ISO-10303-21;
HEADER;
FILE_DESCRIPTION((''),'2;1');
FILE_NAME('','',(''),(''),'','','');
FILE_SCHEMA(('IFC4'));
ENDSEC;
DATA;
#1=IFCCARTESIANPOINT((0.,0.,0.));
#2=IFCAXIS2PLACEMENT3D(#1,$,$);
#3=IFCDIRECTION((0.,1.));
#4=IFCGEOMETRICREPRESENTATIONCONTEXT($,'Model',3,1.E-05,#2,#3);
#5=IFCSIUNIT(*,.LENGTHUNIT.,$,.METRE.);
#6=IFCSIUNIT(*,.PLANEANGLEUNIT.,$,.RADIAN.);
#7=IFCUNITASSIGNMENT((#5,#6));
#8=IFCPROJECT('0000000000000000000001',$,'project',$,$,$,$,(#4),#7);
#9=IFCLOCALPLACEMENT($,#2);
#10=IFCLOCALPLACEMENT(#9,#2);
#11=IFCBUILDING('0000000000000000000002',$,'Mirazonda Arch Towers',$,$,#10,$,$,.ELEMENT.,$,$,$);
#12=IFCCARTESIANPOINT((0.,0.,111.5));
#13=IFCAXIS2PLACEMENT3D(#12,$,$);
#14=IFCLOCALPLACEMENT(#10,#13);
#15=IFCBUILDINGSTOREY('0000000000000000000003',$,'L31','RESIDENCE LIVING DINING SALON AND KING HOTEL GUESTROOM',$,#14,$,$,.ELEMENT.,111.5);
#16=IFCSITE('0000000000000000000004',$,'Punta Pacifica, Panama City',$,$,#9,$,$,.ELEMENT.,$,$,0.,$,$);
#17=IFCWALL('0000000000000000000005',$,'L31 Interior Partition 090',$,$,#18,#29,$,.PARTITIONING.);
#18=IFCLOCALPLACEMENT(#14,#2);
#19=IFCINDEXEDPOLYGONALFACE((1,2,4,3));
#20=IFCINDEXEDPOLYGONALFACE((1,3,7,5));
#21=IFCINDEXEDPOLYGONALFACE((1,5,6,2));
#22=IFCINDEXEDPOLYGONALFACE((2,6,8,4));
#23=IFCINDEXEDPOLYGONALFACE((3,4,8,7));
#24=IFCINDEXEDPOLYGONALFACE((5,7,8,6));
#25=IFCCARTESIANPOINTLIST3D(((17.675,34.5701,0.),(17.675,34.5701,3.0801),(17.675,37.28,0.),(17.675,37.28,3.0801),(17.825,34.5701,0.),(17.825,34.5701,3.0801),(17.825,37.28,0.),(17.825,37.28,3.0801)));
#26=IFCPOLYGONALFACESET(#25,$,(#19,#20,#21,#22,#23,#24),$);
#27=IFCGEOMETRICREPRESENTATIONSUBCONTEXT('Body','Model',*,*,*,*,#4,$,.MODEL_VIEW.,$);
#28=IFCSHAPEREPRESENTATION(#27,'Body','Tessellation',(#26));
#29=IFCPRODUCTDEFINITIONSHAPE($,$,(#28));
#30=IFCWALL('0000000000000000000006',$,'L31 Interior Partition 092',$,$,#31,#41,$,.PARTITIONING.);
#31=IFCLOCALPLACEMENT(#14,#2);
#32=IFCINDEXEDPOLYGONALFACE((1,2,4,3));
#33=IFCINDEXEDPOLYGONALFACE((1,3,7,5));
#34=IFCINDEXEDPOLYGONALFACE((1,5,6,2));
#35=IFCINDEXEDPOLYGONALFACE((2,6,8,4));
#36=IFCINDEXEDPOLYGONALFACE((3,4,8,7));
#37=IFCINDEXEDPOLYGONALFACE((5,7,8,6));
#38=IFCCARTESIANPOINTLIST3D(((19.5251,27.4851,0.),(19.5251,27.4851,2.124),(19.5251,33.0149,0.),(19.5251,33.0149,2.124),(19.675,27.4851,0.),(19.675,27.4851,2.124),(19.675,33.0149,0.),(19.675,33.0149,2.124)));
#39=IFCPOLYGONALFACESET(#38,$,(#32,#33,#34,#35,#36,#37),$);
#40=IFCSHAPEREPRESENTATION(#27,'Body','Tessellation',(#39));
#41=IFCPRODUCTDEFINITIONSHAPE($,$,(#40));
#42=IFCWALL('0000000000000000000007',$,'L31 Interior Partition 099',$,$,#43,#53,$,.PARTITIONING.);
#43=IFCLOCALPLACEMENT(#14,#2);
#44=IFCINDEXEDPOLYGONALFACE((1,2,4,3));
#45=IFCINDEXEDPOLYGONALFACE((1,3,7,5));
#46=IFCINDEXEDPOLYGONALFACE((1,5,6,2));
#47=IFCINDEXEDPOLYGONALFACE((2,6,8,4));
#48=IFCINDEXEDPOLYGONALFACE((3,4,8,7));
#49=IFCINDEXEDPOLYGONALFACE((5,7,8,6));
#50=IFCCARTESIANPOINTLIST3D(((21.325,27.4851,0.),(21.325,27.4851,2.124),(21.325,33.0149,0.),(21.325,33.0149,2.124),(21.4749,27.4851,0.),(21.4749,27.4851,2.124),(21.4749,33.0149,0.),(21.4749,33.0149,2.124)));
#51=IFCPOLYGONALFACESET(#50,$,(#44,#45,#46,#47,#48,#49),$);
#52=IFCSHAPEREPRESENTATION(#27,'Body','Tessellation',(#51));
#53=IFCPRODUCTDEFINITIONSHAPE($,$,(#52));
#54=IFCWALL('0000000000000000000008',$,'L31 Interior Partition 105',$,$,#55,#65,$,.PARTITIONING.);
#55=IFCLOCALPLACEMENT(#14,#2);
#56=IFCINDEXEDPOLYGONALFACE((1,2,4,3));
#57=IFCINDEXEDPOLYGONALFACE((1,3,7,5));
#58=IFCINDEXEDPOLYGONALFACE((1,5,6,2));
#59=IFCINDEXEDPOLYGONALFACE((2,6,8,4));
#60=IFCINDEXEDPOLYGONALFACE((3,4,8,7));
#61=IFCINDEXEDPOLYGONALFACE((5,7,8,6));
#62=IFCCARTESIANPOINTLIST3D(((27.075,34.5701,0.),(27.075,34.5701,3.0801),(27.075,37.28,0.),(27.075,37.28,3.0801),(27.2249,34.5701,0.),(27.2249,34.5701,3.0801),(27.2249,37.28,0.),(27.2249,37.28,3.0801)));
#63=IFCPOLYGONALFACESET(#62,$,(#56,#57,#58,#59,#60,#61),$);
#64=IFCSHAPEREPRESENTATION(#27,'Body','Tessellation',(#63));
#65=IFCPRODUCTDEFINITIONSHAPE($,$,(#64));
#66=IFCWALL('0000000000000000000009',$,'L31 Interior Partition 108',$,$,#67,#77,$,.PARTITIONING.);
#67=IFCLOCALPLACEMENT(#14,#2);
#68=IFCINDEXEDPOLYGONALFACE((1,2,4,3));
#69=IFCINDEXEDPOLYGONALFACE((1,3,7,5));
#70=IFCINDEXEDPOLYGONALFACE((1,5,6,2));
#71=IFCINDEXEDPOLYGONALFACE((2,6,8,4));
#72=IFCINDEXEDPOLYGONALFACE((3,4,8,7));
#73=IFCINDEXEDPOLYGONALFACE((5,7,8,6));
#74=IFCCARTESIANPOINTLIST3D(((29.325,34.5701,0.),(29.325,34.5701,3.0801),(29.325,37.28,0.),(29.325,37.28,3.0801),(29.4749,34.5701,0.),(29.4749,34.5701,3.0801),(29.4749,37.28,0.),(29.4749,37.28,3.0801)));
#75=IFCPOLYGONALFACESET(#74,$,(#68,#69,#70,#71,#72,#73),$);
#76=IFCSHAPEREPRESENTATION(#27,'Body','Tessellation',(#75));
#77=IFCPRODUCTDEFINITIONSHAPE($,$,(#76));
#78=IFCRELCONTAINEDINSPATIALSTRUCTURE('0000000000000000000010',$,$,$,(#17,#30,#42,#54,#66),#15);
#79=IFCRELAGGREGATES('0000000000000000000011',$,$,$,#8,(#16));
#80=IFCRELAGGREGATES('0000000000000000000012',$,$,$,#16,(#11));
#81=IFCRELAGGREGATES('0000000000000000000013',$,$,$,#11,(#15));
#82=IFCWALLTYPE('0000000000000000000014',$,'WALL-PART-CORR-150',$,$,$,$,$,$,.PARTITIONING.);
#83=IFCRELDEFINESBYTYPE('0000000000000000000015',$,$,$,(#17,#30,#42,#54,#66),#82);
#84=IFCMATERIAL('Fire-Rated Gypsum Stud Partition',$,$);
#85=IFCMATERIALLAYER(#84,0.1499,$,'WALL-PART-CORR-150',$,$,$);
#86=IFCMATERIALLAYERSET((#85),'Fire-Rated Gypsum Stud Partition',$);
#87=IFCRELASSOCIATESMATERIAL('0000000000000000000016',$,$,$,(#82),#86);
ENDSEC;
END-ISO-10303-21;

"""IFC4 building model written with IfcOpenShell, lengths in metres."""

from ifc_helpers import new_model, si_unit, direction, frame, frame_2d, origin, place, context, subcontext, project, spatial, rectangle, extrude, material, layer, layer_set, type_object, element, save


model = new_model("IFC4")

# Units and contexts
model_context = context("Model", 3, precision=1e-05, world=origin(), true_north=direction((0.0, 1.0)))
body_context = subcontext(model_context, "Body", "Model", "MODEL_VIEW")
ifc_project = project(units=[si_unit("LENGTHUNIT", "METRE"), si_unit("PLANEANGLEUNIT", "RADIAN")], contexts=[model_context])

# Site, building, storey
site_placement = place(None, origin())
site = spatial("IfcSite", under=ifc_project, at=site_placement, Name="Punta Pacifica, Panama City", CompositionType="ELEMENT", RefElevation=0.0)
building_placement = place(site_placement, origin())
building = spatial("IfcBuilding", under=site, at=building_placement, Name="Mirazonda Arch Towers", CompositionType="ELEMENT")
storey_placement = place(building_placement, frame((0.0, 0.0, 111.5)))
storey = spatial("IfcBuildingStorey", under=building, at=storey_placement, Name="L31", Description="RESIDENCE LIVING DINING SALON AND KING HOTEL GUESTROOM", CompositionType="ELEMENT", Elevation=111.5)

# Shared definitions
ifc_material_1 = material(Name="Fire-Rated Gypsum Stud Partition")
ifc_layer_1 = layer(ifc_material_1, 0.1499, Name="WALL-PART-CORR-150")
ifc_layer_set_1 = layer_set([ifc_layer_1], Name="Fire-Rated Gypsum Stud Partition")
wall_type_1 = type_object("IfcWallType", Name="WALL-PART-CORR-150", PredefinedType="PARTITIONING", material=ifc_layer_set_1)

# Walls
wall_1_placement = place(storey_placement, frame((17.75, 34.5701, 0.0), z_axis=(0.0, 0.0, 1.0), x_axis=(0.0, 1.0, 0.0)))
element("IfcWall", 1, at=wall_1_placement, inside=storey, type_object=wall_type_1, Name="L31 Interior Partition 090", PredefinedType="PARTITIONING", context=body_context, shape_type="SweptSolid", body=[
    extrude(rectangle(XDim=2.71, YDim=0.1499, at=frame_2d((1.355, 0.0))), origin(), (0.0, 0.0, 1.0), 3.0801),
])
for number, where, z_axis, x_axis, name in (
    (2, (19.6001, 27.4851, 0.0), (0.0, 0.0, 1.0), (0.0, 1.0, 0.0), "L31 Interior Partition 092"),
    (3, (21.3999, 27.4851, 0.0), (0.0, 0.0, 1.0), (0.0, 1.0, 0.0), "L31 Interior Partition 099"),
):
    element("IfcWall", number, at=place(storey_placement, frame(where, z_axis=z_axis, x_axis=x_axis)), inside=storey, type_object=wall_type_1, Name=name, PredefinedType="PARTITIONING", context=body_context, shape_type="SweptSolid", body=[
        extrude(rectangle(XDim=5.5298, YDim=0.1499, at=frame_2d((2.7649, 0.0))), origin(), (0.0, 0.0, 1.0), 2.124),
    ])
for number, where, z_axis, x_axis, name in (
    (4, (27.1499, 34.5701, 0.0), (0.0, 0.0, 1.0), (0.0, 1.0, 0.0), "L31 Interior Partition 105"),
    (5, (29.3999, 34.5701, 0.0), (0.0, 0.0, 1.0), (0.0, 1.0, 0.0), "L31 Interior Partition 108"),
):
    element("IfcWall", number, at=place(storey_placement, frame(where, z_axis=z_axis, x_axis=x_axis)), inside=storey, type_object=wall_type_1, Name=name, PredefinedType="PARTITIONING", context=body_context, shape_type="SweptSolid", body=[
        extrude(rectangle(XDim=2.71, YDim=0.1499, at=frame_2d((1.355, 0.0))), origin(), (0.0, 0.0, 1.0), 3.0801),
    ])

save(model, "model.ifc")
